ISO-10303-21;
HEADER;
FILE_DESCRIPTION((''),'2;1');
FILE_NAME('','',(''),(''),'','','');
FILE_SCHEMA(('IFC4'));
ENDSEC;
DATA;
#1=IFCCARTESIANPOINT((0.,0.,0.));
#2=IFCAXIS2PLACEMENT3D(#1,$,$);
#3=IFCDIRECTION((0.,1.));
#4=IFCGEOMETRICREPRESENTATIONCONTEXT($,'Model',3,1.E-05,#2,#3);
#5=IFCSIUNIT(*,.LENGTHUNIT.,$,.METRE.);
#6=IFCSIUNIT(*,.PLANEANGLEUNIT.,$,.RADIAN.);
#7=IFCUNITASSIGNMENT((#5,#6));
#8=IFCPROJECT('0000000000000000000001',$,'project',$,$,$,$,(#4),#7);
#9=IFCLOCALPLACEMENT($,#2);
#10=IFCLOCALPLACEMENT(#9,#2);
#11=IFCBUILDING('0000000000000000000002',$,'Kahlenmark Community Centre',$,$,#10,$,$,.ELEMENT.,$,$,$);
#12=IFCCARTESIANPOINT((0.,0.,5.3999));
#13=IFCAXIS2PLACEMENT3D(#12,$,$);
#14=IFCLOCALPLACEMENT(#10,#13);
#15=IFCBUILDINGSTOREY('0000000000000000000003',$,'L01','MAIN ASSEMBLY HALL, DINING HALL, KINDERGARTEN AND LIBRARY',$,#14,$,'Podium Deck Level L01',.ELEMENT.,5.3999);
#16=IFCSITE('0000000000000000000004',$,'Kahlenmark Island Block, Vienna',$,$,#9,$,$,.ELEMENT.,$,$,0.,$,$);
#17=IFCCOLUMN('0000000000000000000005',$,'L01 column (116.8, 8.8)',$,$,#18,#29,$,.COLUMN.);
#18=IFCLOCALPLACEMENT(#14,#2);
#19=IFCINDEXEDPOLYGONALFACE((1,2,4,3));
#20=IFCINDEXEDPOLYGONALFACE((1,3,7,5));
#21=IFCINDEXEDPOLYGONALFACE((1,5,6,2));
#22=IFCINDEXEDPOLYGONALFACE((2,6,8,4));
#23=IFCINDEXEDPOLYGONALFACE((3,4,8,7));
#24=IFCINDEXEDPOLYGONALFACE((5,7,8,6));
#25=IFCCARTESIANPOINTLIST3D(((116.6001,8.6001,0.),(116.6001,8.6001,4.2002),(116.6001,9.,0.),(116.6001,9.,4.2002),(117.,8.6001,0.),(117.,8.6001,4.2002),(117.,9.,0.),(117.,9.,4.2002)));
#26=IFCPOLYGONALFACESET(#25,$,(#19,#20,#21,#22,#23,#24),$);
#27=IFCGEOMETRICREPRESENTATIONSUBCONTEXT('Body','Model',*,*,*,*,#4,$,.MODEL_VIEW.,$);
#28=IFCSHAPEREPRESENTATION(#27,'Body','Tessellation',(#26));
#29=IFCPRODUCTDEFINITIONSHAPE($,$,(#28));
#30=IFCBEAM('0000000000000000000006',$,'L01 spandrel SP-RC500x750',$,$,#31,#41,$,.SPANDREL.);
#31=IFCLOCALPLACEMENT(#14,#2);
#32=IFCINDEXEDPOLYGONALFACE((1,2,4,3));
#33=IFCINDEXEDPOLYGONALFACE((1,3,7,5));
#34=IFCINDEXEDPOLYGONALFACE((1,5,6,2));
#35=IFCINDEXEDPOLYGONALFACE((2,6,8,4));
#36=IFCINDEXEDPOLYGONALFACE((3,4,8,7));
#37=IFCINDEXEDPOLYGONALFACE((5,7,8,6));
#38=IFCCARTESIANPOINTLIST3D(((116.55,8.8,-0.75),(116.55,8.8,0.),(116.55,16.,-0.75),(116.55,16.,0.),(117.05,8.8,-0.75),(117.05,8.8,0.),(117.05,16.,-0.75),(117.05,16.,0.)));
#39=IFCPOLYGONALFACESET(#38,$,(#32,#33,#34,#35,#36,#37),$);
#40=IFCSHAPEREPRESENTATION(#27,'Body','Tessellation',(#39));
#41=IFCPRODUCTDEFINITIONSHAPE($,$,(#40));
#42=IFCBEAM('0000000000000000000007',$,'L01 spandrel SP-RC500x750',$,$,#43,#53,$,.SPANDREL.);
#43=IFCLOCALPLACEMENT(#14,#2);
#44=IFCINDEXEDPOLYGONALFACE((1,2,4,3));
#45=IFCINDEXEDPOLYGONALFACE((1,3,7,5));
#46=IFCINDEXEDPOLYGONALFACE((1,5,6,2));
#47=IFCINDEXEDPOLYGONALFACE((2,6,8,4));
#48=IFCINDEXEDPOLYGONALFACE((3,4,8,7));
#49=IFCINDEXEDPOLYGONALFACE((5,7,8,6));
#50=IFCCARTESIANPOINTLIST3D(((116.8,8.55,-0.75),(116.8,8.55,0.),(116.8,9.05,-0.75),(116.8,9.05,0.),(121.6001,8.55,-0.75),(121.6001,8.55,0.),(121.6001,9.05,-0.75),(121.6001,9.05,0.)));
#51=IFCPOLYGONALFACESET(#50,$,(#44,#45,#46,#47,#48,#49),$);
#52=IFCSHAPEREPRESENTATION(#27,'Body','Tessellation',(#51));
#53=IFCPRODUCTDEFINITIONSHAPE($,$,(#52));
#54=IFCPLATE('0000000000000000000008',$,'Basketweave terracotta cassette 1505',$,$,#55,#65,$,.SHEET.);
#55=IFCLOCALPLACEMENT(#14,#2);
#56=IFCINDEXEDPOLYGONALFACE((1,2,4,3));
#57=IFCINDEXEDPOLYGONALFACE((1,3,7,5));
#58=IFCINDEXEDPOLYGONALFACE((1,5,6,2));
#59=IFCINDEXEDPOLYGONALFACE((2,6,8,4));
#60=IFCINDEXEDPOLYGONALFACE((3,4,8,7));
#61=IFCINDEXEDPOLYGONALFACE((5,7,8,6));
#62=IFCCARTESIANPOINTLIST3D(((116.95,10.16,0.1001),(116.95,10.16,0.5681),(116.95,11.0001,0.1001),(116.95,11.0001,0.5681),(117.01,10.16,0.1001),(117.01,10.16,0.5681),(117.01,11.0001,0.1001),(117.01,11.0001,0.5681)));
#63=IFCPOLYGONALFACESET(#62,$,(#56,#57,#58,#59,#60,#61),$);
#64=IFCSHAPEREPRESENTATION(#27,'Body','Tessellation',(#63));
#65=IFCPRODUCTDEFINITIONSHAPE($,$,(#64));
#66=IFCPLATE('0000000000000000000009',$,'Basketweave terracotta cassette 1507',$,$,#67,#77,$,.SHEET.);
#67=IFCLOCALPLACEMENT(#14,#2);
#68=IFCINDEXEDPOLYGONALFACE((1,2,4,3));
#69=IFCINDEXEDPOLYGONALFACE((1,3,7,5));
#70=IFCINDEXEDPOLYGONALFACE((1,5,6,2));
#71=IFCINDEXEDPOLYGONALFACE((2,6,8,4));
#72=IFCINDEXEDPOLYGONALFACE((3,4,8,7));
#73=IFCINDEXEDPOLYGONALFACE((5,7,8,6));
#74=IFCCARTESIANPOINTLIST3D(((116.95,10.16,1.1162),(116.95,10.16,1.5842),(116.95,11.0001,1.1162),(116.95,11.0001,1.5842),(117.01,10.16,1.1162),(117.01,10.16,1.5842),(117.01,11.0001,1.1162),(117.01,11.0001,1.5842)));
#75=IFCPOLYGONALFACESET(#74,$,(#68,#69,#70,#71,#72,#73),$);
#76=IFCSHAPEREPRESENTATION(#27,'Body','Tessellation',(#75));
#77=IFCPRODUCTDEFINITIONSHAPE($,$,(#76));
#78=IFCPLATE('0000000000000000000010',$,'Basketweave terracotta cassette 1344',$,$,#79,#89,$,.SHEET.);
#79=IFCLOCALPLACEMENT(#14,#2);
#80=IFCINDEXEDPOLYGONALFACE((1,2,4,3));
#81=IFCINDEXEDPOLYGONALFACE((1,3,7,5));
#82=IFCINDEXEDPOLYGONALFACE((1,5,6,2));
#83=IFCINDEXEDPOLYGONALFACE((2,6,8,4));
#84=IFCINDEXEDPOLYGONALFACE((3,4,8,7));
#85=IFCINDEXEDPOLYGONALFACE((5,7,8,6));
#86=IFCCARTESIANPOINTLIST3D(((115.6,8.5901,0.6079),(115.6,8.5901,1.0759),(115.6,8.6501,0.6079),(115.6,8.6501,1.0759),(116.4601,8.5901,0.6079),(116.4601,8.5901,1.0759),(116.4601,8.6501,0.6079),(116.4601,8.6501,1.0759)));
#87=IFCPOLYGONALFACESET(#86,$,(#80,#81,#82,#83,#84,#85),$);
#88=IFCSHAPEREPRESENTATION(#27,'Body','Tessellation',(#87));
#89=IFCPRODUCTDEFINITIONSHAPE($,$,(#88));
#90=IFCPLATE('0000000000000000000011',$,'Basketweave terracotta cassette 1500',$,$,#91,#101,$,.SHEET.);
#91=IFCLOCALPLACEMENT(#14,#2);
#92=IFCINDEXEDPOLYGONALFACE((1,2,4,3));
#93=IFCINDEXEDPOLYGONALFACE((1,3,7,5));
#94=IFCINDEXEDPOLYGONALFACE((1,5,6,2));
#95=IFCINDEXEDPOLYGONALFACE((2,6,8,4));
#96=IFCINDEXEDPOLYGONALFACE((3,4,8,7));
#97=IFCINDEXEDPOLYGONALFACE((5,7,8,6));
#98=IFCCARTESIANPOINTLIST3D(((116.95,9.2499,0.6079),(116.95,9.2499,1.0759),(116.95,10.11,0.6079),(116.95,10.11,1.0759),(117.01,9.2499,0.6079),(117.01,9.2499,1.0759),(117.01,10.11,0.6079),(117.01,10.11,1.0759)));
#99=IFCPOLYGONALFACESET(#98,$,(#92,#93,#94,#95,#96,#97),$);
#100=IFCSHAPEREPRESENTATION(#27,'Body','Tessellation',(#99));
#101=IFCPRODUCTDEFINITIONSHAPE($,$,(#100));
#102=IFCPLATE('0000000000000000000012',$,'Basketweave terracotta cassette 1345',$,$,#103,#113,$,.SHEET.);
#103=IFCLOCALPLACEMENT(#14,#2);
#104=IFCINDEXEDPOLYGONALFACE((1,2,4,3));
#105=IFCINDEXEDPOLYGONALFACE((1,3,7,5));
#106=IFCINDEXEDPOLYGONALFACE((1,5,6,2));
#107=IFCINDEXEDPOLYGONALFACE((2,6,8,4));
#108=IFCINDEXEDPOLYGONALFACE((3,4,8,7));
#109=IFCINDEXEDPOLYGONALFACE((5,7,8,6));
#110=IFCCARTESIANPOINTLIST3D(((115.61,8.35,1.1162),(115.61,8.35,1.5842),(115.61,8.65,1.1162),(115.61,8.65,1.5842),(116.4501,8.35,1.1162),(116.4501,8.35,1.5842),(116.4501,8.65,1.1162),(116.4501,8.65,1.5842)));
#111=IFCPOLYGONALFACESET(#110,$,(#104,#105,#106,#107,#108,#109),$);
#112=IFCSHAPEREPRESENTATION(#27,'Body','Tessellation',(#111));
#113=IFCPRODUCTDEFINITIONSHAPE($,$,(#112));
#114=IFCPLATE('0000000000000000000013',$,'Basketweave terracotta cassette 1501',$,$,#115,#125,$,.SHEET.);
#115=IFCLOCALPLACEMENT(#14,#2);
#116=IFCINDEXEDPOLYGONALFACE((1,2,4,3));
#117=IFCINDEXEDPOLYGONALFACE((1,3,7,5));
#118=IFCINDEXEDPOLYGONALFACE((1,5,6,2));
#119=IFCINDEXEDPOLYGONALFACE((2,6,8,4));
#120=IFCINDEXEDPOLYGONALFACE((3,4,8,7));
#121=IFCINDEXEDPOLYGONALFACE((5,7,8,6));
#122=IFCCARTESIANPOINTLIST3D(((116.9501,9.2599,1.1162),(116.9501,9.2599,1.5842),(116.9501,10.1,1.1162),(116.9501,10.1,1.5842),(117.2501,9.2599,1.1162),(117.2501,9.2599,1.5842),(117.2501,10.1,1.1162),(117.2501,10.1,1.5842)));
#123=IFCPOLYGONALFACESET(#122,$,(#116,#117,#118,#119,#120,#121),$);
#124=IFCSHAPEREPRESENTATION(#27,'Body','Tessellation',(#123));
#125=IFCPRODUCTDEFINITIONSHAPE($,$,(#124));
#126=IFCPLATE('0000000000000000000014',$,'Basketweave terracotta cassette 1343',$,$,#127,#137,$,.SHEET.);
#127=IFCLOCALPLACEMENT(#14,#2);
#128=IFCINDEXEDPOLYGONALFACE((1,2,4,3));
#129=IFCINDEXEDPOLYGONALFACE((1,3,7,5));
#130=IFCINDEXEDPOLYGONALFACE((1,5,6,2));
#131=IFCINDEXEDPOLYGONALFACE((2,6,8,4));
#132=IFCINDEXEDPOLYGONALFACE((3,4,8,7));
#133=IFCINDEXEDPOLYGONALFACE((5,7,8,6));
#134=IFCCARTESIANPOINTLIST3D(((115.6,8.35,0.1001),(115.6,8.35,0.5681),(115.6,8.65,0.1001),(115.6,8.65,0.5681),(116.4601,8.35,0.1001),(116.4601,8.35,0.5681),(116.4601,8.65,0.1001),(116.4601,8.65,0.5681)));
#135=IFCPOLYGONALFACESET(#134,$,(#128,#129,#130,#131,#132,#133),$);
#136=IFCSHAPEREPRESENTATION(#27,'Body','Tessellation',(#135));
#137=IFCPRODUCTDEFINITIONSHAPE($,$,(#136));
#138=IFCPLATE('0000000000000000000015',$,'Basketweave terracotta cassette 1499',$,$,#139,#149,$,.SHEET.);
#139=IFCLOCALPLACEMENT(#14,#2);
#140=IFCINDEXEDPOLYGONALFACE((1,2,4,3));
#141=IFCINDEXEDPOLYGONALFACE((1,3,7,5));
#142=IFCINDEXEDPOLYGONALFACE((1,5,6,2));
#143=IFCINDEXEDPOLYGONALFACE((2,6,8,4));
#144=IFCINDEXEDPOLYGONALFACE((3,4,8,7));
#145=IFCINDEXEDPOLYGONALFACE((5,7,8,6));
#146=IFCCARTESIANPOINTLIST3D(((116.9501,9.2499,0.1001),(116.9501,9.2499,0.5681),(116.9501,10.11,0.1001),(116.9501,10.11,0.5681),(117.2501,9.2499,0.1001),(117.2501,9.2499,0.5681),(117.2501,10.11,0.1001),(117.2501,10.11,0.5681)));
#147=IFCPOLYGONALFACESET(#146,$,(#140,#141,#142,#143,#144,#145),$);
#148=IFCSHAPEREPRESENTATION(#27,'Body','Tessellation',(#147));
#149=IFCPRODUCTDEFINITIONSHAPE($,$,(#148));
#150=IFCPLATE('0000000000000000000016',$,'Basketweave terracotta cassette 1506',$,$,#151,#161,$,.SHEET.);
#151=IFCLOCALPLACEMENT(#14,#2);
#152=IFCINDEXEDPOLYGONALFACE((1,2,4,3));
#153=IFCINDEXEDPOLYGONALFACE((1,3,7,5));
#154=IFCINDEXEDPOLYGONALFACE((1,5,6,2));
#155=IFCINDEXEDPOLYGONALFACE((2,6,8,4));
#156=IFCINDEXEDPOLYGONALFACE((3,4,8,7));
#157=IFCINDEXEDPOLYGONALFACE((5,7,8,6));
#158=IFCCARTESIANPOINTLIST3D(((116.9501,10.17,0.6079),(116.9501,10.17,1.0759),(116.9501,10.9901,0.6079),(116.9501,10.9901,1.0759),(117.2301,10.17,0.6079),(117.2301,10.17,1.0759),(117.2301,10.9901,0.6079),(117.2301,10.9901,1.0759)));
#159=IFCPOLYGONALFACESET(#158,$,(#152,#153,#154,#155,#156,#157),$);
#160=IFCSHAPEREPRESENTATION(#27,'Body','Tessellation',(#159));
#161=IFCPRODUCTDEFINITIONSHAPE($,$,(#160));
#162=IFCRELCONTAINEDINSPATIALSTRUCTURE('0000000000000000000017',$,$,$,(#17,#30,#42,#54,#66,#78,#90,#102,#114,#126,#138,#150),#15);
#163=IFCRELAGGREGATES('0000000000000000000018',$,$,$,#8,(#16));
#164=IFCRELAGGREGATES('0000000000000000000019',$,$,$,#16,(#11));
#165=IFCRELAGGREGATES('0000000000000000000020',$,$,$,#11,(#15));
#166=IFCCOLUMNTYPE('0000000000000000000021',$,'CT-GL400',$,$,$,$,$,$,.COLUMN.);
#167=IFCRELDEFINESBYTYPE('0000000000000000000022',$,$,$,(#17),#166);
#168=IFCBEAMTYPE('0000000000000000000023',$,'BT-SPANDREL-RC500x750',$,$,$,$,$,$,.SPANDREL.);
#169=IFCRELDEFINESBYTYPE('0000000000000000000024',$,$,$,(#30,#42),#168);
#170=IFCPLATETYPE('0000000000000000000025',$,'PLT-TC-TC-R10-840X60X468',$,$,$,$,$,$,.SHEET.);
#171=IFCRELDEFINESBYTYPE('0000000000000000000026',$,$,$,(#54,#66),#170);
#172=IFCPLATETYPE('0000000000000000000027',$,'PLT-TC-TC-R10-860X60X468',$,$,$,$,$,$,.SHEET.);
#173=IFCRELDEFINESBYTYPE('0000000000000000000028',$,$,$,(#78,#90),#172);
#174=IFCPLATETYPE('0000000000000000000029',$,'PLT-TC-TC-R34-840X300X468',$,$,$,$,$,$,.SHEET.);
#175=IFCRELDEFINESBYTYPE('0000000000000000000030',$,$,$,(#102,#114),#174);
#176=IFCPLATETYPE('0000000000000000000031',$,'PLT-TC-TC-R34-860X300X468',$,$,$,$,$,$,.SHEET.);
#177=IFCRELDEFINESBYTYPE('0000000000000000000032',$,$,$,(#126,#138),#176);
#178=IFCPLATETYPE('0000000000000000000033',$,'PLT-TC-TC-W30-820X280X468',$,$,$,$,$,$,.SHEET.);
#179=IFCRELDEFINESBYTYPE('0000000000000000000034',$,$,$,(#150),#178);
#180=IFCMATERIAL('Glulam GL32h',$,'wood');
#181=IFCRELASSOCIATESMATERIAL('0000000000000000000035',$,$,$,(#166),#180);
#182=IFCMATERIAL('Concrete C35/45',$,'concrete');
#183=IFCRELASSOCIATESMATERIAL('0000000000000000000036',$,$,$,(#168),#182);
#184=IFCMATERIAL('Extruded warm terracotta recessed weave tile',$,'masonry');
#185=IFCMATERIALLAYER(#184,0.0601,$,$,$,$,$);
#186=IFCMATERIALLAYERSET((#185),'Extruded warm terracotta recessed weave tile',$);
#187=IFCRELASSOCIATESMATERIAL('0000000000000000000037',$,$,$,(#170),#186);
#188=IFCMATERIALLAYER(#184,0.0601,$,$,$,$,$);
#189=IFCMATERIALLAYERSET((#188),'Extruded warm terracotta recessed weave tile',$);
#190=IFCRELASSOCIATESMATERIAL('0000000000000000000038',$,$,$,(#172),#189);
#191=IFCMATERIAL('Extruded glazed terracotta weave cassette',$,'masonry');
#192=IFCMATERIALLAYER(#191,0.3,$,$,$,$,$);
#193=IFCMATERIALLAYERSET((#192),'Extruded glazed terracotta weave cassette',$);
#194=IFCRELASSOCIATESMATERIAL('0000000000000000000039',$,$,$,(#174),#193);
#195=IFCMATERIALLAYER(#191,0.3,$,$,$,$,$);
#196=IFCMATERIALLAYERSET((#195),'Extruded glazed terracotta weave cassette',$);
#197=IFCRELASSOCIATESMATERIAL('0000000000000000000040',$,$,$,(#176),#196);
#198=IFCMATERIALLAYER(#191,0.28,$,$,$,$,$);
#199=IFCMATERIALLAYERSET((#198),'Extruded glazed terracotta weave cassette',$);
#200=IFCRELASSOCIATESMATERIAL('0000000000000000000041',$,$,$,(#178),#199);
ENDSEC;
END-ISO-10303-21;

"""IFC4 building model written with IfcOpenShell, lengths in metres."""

from ifc_helpers import new_model, si_unit, direction, frame, origin, origin_2d, place, context, subcontext, project, spatial, rectangle, extrude, material, layer, layer_set, material_profile, profile_set, type_object, element, save


model = new_model("IFC4")

# Units and contexts
model_context = context("Model", 3, precision=1e-05, world=origin(), true_north=direction((0.0, 1.0)))
body_context = subcontext(model_context, "Body", "Model", "MODEL_VIEW")
ifc_project = project(units=[si_unit("LENGTHUNIT", "METRE"), si_unit("PLANEANGLEUNIT", "RADIAN")], contexts=[model_context])

# Site, building, storey
site_placement = place(None, origin())
site = spatial("IfcSite", under=ifc_project, at=site_placement, Name="Kahlenmark Island Block, Vienna", CompositionType="ELEMENT", RefElevation=0.0)
building_placement = place(site_placement, origin())
building = spatial("IfcBuilding", under=site, at=building_placement, Name="Kahlenmark Community Centre", CompositionType="ELEMENT")
storey_placement = place(building_placement, frame((0.0, 0.0, 5.3999)))
storey = spatial("IfcBuildingStorey", under=building, at=storey_placement, Name="L01", Description="MAIN ASSEMBLY HALL, DINING HALL, KINDERGARTEN AND LIBRARY", LongName="Podium Deck Level L01", CompositionType="ELEMENT", Elevation=5.3999)

# Column
ifc_material_1 = material(Name="Glulam GL32h", Category="wood")
ifc_material_profile_1 = material_profile(ifc_material_1, rectangle(XDim=0.3999, YDim=0.3999, at=origin_2d()), Name="GL32h 400x400")
ifc_profile_set_1 = profile_set([ifc_material_profile_1], Name="Glulam GL32h")
column_type = type_object("IfcColumnType", Name="CT-GL400", PredefinedType="COLUMN", material=ifc_profile_set_1)
column_placement = place(storey_placement, frame((116.8, 8.8, 0.0), z_axis=(0.0, 0.0, 1.0), x_axis=(1.0, 0.0, 0.0)))
element("IfcColumn", 1, at=column_placement, inside=storey, type_object=column_type, Name="L01 column (116.8, 8.8)", PredefinedType="COLUMN", context=body_context, shape_type="SweptSolid", body=[
    extrude(rectangle(XDim=0.3999, YDim=0.3999, at=origin_2d()), origin(), (0.0, 0.0, 1.0), 4.2002),
])

# Beams
ifc_material_2 = material(Name="Concrete C35/45", Category="concrete")
ifc_material_profile_2 = material_profile(ifc_material_2, rectangle(XDim=0.5, YDim=0.75, at=origin_2d()), Name="RC 500x750")
ifc_profile_set_2 = profile_set([ifc_material_profile_2], Name="Concrete C35/45")
beam_type = type_object("IfcBeamType", Name="BT-SPANDREL-RC500x750", PredefinedType="SPANDREL", material=ifc_profile_set_2)
beam_1_placement = place(storey_placement, frame((116.8, 8.8, -0.375), z_axis=(0.0, 1.0, 0.0), x_axis=(-1.0, 0.0, 0.0)))
element("IfcBeam", 2, at=beam_1_placement, inside=storey, type_object=beam_type, Name="L01 spandrel SP-RC500x750", PredefinedType="SPANDREL", context=body_context, shape_type="SweptSolid", body=[
    extrude(rectangle(XDim=0.5, YDim=0.75, at=origin_2d()), origin(), (0.0, 0.0, 1.0), 7.2),
])
beam_2_placement = place(storey_placement, frame((116.8, 8.8, -0.375), z_axis=(1.0, 0.0, 0.0), x_axis=(0.0, 1.0, 0.0)))
element("IfcBeam", 3, at=beam_2_placement, inside=storey, type_object=beam_type, Name="L01 spandrel SP-RC500x750", PredefinedType="SPANDREL", context=body_context, shape_type="SweptSolid", body=[
    extrude(rectangle(XDim=0.5, YDim=0.75, at=origin_2d()), origin(), (0.0, 0.0, 1.0), 4.8),
])

# Plates
ifc_material_3 = material(Name="Extruded warm terracotta recessed weave tile", Category="masonry")
ifc_layer_1 = layer(ifc_material_3, 0.0601)
ifc_layer_set_1 = layer_set([ifc_layer_1], Name="Extruded warm terracotta recessed weave tile")
plate_type_1 = type_object("IfcPlateType", Name="PLT-TC-TC-R10-840X60X468", PredefinedType="SHEET", material=ifc_layer_set_1)
for number, where, z_axis, x_axis, name in (
    (4, (116.98, 10.5801, 0.1001), (0.0, 0.0, 1.0), (0.0, 1.0, 0.0), "Basketweave terracotta cassette 1505"),
    (5, (116.98, 10.5801, 1.1162), (0.0, 0.0, 1.0), (0.0, 1.0, 0.0), "Basketweave terracotta cassette 1507"),
):
    element("IfcPlate", number, at=place(storey_placement, frame(where, z_axis=z_axis, x_axis=x_axis)), inside=storey, type_object=plate_type_1, Name=name, PredefinedType="SHEET", context=body_context, shape_type="SweptSolid", body=[
        extrude(rectangle(XDim=0.8401, YDim=0.0601, at=origin_2d()), origin(), (0.0, 0.0, 1.0), 0.468),
    ])
ifc_layer_2 = layer(ifc_material_3, 0.0601)
ifc_layer_set_2 = layer_set([ifc_layer_2], Name="Extruded warm terracotta recessed weave tile")
plate_type_2 = type_object("IfcPlateType", Name="PLT-TC-TC-R10-860X60X468", PredefinedType="SHEET", material=ifc_layer_set_2)
for number, where, z_axis, x_axis, name in (
    (6, (116.03, 8.6201, 0.6079), (0.0, 0.0, 1.0), (1.0, 0.0, 0.0), "Basketweave terracotta cassette 1344"),
    (7, (116.98, 9.6799, 0.6079), (0.0, 0.0, 1.0), (0.0, 1.0, 0.0), "Basketweave terracotta cassette 1500"),
):
    element("IfcPlate", number, at=place(storey_placement, frame(where, z_axis=z_axis, x_axis=x_axis)), inside=storey, type_object=plate_type_2, Name=name, PredefinedType="SHEET", context=body_context, shape_type="SweptSolid", body=[
        extrude(rectangle(XDim=0.8601, YDim=0.0601, at=origin_2d()), origin(), (0.0, 0.0, 1.0), 0.468),
    ])
ifc_material_4 = material(Name="Extruded glazed terracotta weave cassette", Category="masonry")
ifc_layer_3 = layer(ifc_material_4, 0.3)
ifc_layer_set_3 = layer_set([ifc_layer_3], Name="Extruded glazed terracotta weave cassette")
plate_type_3 = type_object("IfcPlateType", Name="PLT-TC-TC-R34-840X300X468", PredefinedType="SHEET", material=ifc_layer_set_3)
for number, where, z_axis, x_axis, name in (
    (8, (116.03, 8.5, 1.1162), (0.0, 0.0, 1.0), (1.0, 0.0, 0.0), "Basketweave terracotta cassette 1345"),
    (9, (117.1001, 9.6799, 1.1162), (0.0, 0.0, 1.0), (0.0, 1.0, 0.0), "Basketweave terracotta cassette 1501"),
):
    element("IfcPlate", number, at=place(storey_placement, frame(where, z_axis=z_axis, x_axis=x_axis)), inside=storey, type_object=plate_type_3, Name=name, PredefinedType="SHEET", context=body_context, shape_type="SweptSolid", body=[
        extrude(rectangle(XDim=0.8401, YDim=0.3, at=origin_2d()), origin(), (0.0, 0.0, 1.0), 0.468),
    ])
ifc_layer_4 = layer(ifc_material_4, 0.3)
ifc_layer_set_4 = layer_set([ifc_layer_4], Name="Extruded glazed terracotta weave cassette")
plate_type_4 = type_object("IfcPlateType", Name="PLT-TC-TC-R34-860X300X468", PredefinedType="SHEET", material=ifc_layer_set_4)
for number, where, z_axis, x_axis, name in (
    (10, (116.03, 8.5, 0.1001), (0.0, 0.0, 1.0), (1.0, 0.0, 0.0), "Basketweave terracotta cassette 1343"),
    (11, (117.1001, 9.6799, 0.1001), (0.0, 0.0, 1.0), (0.0, 1.0, 0.0), "Basketweave terracotta cassette 1499"),
):
    element("IfcPlate", number, at=place(storey_placement, frame(where, z_axis=z_axis, x_axis=x_axis)), inside=storey, type_object=plate_type_4, Name=name, PredefinedType="SHEET", context=body_context, shape_type="SweptSolid", body=[
        extrude(rectangle(XDim=0.8601, YDim=0.3, at=origin_2d()), origin(), (0.0, 0.0, 1.0), 0.468),
    ])
ifc_layer_5 = layer(ifc_material_4, 0.28)
ifc_layer_set_5 = layer_set([ifc_layer_5], Name="Extruded glazed terracotta weave cassette")
plate_type_5 = type_object("IfcPlateType", Name="PLT-TC-TC-W30-820X280X468", PredefinedType="SHEET", material=ifc_layer_set_5)
plate_placement = place(storey_placement, frame((117.0901, 10.5801, 0.6079), z_axis=(0.0, 0.0, 1.0), x_axis=(0.0, 1.0, 0.0)))
element("IfcPlate", 12, at=plate_placement, inside=storey, type_object=plate_type_5, Name="Basketweave terracotta cassette 1506", PredefinedType="SHEET", context=body_context, shape_type="SweptSolid", body=[
    extrude(rectangle(XDim=0.8201, YDim=0.28, at=origin_2d()), origin(), (0.0, 0.0, 1.0), 0.468),
])

save(model, "model.ifc")
